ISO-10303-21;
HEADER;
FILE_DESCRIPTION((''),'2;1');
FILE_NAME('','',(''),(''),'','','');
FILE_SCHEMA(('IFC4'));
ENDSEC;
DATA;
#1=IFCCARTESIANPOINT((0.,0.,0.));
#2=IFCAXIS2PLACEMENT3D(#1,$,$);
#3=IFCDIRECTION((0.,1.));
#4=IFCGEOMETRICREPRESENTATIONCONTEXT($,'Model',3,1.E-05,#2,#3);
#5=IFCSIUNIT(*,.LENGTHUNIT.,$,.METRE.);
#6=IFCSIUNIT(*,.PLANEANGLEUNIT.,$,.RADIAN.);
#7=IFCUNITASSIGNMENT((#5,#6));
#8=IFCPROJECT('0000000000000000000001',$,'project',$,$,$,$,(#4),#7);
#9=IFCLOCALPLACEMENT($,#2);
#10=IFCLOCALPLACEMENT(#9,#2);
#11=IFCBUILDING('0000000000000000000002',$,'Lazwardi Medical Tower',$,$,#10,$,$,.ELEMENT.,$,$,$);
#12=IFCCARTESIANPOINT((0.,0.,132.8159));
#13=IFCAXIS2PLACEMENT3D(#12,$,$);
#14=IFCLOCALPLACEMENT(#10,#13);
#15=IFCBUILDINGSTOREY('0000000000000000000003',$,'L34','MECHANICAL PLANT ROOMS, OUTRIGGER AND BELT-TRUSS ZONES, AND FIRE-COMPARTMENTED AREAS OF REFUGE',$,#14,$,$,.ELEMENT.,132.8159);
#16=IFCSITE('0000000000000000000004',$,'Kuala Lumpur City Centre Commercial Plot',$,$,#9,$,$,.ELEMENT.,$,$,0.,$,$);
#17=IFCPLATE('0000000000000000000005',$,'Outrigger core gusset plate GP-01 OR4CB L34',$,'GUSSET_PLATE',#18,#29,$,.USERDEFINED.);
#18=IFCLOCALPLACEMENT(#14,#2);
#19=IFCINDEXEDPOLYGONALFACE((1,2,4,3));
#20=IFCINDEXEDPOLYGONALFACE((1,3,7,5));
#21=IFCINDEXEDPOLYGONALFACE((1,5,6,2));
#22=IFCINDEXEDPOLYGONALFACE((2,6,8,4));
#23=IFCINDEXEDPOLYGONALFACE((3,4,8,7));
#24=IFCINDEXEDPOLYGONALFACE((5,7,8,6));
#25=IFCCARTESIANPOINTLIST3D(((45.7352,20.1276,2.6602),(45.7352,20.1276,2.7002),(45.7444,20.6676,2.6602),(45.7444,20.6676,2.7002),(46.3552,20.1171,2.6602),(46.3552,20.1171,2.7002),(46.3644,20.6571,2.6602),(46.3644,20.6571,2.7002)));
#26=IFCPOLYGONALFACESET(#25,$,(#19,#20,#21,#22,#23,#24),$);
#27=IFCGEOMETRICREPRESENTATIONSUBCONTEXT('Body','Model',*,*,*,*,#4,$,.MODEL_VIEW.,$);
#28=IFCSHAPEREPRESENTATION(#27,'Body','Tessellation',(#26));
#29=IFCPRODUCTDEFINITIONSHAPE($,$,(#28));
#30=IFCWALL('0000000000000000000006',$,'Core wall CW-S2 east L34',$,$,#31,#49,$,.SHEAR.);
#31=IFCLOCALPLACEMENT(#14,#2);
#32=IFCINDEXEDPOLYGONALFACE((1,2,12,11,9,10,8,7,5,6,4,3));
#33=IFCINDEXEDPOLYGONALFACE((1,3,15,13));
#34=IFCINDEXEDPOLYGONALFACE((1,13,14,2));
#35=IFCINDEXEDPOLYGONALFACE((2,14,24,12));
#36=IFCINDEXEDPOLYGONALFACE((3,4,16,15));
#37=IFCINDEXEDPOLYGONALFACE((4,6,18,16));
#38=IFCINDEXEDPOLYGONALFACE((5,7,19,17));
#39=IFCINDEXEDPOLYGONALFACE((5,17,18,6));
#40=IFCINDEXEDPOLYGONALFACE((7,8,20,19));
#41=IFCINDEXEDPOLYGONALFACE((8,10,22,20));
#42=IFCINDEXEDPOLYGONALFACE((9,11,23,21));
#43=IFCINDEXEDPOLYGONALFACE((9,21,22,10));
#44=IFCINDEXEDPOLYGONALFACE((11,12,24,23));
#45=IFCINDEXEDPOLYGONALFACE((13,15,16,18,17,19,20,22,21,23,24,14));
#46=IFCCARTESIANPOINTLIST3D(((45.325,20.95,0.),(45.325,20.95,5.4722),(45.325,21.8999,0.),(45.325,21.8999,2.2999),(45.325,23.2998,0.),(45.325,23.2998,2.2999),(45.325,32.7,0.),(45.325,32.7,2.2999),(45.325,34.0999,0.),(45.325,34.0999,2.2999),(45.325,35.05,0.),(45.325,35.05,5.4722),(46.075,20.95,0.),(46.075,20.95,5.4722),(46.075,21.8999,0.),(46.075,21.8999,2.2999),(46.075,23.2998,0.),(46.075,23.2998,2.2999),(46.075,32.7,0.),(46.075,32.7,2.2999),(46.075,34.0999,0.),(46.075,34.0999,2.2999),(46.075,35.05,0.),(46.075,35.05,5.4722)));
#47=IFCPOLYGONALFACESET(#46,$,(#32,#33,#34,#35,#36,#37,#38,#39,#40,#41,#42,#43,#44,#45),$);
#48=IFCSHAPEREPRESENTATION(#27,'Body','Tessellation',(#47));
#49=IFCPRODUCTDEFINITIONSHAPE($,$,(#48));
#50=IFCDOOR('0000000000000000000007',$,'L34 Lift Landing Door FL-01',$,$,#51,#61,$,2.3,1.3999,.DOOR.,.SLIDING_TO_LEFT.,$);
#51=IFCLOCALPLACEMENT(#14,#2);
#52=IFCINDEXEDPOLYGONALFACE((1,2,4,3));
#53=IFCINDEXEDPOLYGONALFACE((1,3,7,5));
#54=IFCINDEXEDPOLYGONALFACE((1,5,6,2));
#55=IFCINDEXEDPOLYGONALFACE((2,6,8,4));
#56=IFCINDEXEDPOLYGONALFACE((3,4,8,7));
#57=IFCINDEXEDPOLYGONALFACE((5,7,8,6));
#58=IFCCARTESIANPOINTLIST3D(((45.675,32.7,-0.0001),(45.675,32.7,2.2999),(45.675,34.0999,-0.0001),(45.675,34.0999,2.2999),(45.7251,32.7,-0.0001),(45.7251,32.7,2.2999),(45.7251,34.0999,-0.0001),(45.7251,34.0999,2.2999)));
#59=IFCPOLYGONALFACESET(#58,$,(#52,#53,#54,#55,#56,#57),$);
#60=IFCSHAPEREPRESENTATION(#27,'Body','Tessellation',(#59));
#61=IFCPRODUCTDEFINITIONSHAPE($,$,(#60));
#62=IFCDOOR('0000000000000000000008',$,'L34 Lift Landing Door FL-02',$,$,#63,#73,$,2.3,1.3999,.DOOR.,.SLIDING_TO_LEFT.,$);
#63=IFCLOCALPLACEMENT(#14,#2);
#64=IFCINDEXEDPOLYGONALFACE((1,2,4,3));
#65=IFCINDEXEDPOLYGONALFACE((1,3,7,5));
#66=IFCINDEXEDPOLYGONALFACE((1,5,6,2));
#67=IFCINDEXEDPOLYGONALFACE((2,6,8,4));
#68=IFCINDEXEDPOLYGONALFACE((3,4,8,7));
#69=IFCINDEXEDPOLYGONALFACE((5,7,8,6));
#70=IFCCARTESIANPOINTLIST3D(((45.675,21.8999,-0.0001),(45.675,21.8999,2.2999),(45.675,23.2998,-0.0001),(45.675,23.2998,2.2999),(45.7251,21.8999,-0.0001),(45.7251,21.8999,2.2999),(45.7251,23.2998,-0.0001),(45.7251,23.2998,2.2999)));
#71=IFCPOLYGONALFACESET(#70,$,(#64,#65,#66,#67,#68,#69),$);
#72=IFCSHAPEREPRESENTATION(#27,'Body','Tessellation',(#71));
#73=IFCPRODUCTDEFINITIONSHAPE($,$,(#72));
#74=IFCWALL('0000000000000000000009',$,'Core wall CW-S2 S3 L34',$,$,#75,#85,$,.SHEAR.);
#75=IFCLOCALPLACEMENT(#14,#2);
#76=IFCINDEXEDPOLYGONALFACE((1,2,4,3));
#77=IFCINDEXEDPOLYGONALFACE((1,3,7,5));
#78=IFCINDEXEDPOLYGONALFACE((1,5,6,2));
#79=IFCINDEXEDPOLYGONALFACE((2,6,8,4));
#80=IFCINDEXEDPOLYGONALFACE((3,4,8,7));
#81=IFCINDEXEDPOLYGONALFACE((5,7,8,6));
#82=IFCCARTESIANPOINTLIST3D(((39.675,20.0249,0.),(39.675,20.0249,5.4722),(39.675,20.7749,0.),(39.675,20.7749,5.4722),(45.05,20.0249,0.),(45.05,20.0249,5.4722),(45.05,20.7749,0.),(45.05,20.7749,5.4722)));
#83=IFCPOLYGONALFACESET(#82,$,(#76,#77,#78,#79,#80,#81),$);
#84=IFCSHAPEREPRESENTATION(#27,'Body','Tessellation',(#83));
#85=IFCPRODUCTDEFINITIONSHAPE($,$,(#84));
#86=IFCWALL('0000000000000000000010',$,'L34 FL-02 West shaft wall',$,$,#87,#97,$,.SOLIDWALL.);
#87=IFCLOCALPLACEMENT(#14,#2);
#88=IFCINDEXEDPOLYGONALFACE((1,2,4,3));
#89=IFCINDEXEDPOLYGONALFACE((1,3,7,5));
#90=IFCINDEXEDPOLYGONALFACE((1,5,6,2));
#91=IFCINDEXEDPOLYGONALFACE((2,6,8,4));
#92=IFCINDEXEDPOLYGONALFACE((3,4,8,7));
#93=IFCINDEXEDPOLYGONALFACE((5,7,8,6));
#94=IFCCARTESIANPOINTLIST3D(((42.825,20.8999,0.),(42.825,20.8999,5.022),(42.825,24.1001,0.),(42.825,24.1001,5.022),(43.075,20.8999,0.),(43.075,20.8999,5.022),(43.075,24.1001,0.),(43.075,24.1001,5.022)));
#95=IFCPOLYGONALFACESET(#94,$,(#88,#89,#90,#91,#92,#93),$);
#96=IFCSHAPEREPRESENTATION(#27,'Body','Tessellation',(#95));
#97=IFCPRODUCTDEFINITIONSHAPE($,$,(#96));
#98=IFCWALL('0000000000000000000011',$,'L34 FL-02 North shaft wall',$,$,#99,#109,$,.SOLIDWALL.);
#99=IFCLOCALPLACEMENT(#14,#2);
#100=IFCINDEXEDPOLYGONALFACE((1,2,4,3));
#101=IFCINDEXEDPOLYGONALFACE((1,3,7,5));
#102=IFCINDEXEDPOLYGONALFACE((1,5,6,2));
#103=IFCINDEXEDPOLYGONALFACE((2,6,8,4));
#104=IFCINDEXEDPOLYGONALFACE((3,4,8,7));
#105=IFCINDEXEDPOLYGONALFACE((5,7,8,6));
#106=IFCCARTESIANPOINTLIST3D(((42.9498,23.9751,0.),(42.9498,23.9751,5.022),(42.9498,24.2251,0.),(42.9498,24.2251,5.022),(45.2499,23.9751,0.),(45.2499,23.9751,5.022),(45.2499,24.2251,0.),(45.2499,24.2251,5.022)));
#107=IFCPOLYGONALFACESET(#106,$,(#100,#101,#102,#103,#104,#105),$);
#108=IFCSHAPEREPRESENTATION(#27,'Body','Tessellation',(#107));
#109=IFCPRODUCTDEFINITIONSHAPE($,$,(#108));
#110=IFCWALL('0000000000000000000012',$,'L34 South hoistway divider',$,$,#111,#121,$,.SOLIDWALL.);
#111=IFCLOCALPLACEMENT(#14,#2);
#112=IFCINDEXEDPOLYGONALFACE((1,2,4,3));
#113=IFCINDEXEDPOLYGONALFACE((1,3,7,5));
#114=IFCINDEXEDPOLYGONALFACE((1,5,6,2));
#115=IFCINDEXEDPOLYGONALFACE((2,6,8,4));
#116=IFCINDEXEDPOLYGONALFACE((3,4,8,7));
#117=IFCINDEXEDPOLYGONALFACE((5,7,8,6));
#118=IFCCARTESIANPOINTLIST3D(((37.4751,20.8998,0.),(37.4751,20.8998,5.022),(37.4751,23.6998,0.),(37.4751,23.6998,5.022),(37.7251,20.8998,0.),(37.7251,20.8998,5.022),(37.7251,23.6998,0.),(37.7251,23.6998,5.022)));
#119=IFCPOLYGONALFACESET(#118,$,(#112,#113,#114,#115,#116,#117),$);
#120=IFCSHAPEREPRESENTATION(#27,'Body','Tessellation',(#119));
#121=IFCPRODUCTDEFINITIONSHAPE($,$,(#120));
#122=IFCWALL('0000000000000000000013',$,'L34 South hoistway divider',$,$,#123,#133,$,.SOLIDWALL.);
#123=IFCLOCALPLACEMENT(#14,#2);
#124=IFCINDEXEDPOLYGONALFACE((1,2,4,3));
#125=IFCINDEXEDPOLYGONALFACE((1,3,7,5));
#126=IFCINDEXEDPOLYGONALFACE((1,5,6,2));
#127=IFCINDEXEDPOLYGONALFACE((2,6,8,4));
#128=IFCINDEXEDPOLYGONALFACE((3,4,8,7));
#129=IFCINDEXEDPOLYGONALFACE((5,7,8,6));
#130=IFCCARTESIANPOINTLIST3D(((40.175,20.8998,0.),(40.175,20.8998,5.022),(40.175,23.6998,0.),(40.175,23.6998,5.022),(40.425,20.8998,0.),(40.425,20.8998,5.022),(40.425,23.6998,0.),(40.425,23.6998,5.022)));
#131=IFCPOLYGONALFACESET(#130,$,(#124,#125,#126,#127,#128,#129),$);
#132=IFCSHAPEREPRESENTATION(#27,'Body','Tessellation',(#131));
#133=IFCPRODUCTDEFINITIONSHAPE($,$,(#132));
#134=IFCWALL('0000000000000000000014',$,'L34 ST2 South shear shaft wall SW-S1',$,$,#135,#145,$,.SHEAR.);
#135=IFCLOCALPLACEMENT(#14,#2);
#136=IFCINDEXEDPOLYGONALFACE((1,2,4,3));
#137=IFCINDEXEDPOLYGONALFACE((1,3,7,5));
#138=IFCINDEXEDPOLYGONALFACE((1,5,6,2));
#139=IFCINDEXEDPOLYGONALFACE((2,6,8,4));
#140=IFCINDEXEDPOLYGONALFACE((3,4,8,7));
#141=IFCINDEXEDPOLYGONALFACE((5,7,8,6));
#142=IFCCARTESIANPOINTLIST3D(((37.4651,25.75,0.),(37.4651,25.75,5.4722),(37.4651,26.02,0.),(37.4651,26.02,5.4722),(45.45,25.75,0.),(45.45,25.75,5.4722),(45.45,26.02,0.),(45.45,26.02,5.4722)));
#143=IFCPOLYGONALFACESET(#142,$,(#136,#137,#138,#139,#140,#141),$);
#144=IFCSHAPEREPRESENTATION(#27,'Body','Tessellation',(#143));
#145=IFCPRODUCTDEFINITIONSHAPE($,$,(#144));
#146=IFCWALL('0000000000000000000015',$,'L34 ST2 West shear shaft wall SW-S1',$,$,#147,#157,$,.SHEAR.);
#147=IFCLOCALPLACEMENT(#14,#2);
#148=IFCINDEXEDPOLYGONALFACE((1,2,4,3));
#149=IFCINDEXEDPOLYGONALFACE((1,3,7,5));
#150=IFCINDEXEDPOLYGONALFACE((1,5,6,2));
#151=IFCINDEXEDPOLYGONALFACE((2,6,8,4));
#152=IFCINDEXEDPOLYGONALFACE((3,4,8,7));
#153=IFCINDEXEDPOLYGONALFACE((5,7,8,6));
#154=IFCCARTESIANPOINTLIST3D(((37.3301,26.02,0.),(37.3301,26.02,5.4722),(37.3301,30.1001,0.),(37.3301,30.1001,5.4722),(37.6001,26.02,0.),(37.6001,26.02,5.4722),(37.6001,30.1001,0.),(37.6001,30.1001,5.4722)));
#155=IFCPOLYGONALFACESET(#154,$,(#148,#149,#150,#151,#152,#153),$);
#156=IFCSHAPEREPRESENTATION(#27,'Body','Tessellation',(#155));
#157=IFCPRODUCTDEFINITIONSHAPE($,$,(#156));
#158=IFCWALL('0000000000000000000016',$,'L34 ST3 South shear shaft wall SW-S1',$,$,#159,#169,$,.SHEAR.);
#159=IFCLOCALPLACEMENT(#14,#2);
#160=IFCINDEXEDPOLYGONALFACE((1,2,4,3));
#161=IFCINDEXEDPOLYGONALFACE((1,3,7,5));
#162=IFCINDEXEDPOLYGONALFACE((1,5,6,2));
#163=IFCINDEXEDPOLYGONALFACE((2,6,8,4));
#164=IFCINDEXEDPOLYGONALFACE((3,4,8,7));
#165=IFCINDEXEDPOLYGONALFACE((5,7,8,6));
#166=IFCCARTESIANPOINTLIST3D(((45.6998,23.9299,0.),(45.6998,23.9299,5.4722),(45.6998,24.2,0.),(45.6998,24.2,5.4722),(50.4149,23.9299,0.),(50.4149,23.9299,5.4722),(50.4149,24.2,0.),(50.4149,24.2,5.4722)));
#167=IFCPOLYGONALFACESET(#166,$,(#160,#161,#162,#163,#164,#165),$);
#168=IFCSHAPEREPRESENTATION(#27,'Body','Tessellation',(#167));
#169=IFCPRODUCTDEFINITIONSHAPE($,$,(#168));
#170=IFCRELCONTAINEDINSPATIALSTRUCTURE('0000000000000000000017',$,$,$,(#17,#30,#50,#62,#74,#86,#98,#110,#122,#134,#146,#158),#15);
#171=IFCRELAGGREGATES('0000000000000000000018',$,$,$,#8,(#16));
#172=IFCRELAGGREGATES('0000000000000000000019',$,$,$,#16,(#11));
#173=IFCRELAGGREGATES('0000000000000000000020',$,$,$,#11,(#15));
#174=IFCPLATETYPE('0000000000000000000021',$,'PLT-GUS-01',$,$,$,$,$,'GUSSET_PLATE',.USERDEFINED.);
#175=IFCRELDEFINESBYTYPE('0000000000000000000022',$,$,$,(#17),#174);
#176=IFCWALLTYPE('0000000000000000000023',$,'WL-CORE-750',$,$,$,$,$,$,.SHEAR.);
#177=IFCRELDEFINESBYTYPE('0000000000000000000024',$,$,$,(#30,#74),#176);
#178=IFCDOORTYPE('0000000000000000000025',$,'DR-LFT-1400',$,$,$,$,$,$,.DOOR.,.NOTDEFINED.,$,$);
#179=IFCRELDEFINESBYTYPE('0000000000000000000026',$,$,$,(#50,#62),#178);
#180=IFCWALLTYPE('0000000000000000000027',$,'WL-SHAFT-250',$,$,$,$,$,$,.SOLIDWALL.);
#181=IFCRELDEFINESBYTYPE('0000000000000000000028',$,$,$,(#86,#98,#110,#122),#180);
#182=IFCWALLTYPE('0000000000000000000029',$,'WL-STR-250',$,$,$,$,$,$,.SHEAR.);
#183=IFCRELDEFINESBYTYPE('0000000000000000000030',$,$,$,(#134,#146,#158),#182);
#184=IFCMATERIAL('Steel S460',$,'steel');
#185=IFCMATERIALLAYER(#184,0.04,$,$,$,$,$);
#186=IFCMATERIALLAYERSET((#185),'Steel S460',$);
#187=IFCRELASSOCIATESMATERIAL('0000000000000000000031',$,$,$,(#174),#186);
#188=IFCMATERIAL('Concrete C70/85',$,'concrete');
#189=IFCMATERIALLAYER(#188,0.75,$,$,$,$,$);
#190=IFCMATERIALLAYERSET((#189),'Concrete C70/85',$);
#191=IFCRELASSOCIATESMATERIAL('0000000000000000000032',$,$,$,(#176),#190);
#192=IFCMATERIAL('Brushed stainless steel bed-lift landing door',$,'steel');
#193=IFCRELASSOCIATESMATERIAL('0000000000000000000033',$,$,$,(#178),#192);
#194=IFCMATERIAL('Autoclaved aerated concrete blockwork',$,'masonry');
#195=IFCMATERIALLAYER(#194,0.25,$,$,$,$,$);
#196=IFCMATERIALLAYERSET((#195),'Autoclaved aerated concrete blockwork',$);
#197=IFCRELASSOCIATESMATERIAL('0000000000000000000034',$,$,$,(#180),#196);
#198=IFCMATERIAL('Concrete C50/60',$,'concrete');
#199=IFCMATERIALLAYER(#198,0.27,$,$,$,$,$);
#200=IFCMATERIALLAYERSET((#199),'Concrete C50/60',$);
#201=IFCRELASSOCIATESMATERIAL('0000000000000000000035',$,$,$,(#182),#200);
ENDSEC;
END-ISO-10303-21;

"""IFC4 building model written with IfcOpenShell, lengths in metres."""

from ifc_helpers import new_model, si_unit, direction, frame, frame_2d, origin, origin_2d, place, context, subcontext, project, spatial, rectangle, extrude, material, layer, layer_set, type_object, element, fill, save


model = new_model("IFC4")

# Units and contexts
model_context = context("Model", 3, precision=1e-05, world=origin(), true_north=direction((0.0, 1.0)))
body_context = subcontext(model_context, "Body", "Model", "MODEL_VIEW")
ifc_project = project(units=[si_unit("LENGTHUNIT", "METRE"), si_unit("PLANEANGLEUNIT", "RADIAN")], contexts=[model_context])

# Site, building, storey
site_placement = place(None, origin())
site = spatial("IfcSite", under=ifc_project, at=site_placement, Name="Kuala Lumpur City Centre Commercial Plot", CompositionType="ELEMENT", RefElevation=0.0)
building_placement = place(site_placement, origin())
building = spatial("IfcBuilding", under=site, at=building_placement, Name="Lazwardi Medical Tower", CompositionType="ELEMENT")
storey_placement = place(building_placement, frame((0.0, 0.0, 132.8159)))
storey = spatial("IfcBuildingStorey", under=building, at=storey_placement, Name="L34", Description="MECHANICAL PLANT ROOMS, OUTRIGGER AND BELT-TRUSS ZONES, AND FIRE-COMPARTMENTED AREAS OF REFUGE", CompositionType="ELEMENT", Elevation=132.8159)

# Shared definitions
ifc_material_1 = material(Name="Concrete C70/85", Category="concrete")

# Shared definitions
ifc_material_2 = material(Name="Steel S460", Category="steel")

# Plate
ifc_layer_1 = layer(ifc_material_2, 0.04)
ifc_layer_set_1 = layer_set([ifc_layer_1], Name="Steel S460")
plate_type = type_object("IfcPlateType", Name="PLT-GUS-01", ElementType="GUSSET_PLATE", PredefinedType="USERDEFINED", material=ifc_layer_set_1)
for number, where, z_axis, x_axis, name in (
    (1, (46.0498, 20.3923, 2.6602), (0.0, 0.0, 1.0), (0.999857, -0.016929, 0.0), "Outrigger core gusset plate GP-01 OR4CB L34"),
):
    element("IfcPlate", number, at=place(storey_placement, frame(where, z_axis=z_axis, x_axis=x_axis)), inside=storey, type_object=plate_type, Name=name, ObjectType="GUSSET_PLATE", PredefinedType="USERDEFINED", context=body_context, shape_type="SweptSolid", body=[
        extrude(rectangle(XDim=0.6201, YDim=0.54, at=origin_2d()), origin(), (0.0, 0.0, 1.0), 0.04),
    ])

# Wall, openings, doors
ifc_layer_2 = layer(ifc_material_1, 0.75)
ifc_layer_set_2 = layer_set([ifc_layer_2], Name="Concrete C70/85")
wall_type_1 = type_object("IfcWallType", Name="WL-CORE-750", PredefinedType="SHEAR", material=ifc_layer_set_2)
wall_1_placement = place(storey_placement, frame((45.7, 20.95, 0.0), z_axis=(0.0, 0.0, 1.0), x_axis=(0.0, 1.0, 0.0)))
wall_1 = element("IfcWall", 2, at=wall_1_placement, inside=storey, type_object=wall_type_1, Name="Core wall CW-S2 east L34", PredefinedType="SHEAR", context=body_context, shape_type="SweptSolid", body=[
    extrude(rectangle(XDim=14.1001, YDim=0.75, at=frame_2d((7.05, 0.0))), origin(), (0.0, 0.0, 1.0), 5.4722),
])
opening_1_placement = place(wall_1_placement, frame((11.75, 0.0, 0.0)))
opening_1 = element("IfcOpeningElement", 3, at=opening_1_placement, cuts=wall_1, PredefinedType="OPENING", context=body_context, shape_type="SweptSolid", body=[
    extrude(rectangle(XDim=1.3999, YDim=2.3, at=frame_2d((0.7, 1.1499))), frame((0.0, 0.385, 0.0), z_axis=(0.0, -1.0, 0.0), x_axis=(1.0, 0.0, 0.0)), (0.0, 0.0, 1.0), 0.77),
])
opening_2_placement = place(wall_1_placement, frame((0.95, 0.0, 0.0)))
opening_2 = element("IfcOpeningElement", 4, at=opening_2_placement, cuts=wall_1, PredefinedType="OPENING", context=body_context, shape_type="SweptSolid", body=[
    extrude(rectangle(XDim=1.3999, YDim=2.3, at=frame_2d((0.7, 1.1499))), frame((0.0, 0.385, 0.0), z_axis=(0.0, -1.0, 0.0), x_axis=(1.0, 0.0, 0.0)), (0.0, 0.0, 1.0), 0.77),
])
ifc_material_3 = material(Name="Brushed stainless steel bed-lift landing door", Category="steel")
door_type = type_object("IfcDoorType", Name="DR-LFT-1400", OperationType="NOTDEFINED", PredefinedType="DOOR", material=ifc_material_3)
door_1_placement = place(opening_1_placement, origin())
door_1 = element("IfcDoor", 5, at=door_1_placement, inside=storey, type_object=door_type, Name="L34 Lift Landing Door FL-01", OperationType="SLIDING_TO_LEFT", OverallHeight=2.3, OverallWidth=1.3999, PredefinedType="DOOR", context=body_context, shape_type="SweptSolid", body=[
    extrude(rectangle(XDim=1.3999, YDim=2.3, at=frame_2d((0.7, 1.1499))), frame((0.0, 0.0249, 0.0), z_axis=(0.0, -1.0, 0.0), x_axis=(1.0, 0.0, 0.0)), (0.0, 0.0, 1.0), 0.05),
])
fill(opening_1, door_1)
door_2_placement = place(opening_2_placement, origin())
door_2 = element("IfcDoor", 6, at=door_2_placement, inside=storey, type_object=door_type, Name="L34 Lift Landing Door FL-02", OperationType="SLIDING_TO_LEFT", OverallHeight=2.3, OverallWidth=1.3999, PredefinedType="DOOR", context=body_context, shape_type="SweptSolid", body=[
    extrude(rectangle(XDim=1.3999, YDim=2.3, at=frame_2d((0.7, 1.1499))), frame((0.0, 0.0249, 0.0), z_axis=(0.0, -1.0, 0.0), x_axis=(1.0, 0.0, 0.0)), (0.0, 0.0, 1.0), 0.05),
])
fill(opening_2, door_2)

# Walls
wall_2_placement = place(storey_placement, frame((39.675, 20.3999, 0.0), z_axis=(0.0, 0.0, 1.0), x_axis=(1.0, 0.0, 0.0)))
element("IfcWall", 7, at=wall_2_placement, inside=storey, type_object=wall_type_1, Name="Core wall CW-S2 S3 L34", PredefinedType="SHEAR", context=body_context, shape_type="SweptSolid", body=[
    extrude(rectangle(XDim=5.375, YDim=0.75, at=frame_2d((2.6875, 0.0))), origin(), (0.0, 0.0, 1.0), 5.4722),
])
ifc_material_4 = material(Name="Autoclaved aerated concrete blockwork", Category="masonry")
ifc_layer_3 = layer(ifc_material_4, 0.25)
ifc_layer_set_3 = layer_set([ifc_layer_3], Name="Autoclaved aerated concrete blockwork")
wall_type_2 = type_object("IfcWallType", Name="WL-SHAFT-250", PredefinedType="SOLIDWALL", material=ifc_layer_set_3)
wall_3_placement = place(storey_placement, frame((42.95, 20.8999, 0.0), z_axis=(0.0, 0.0, 1.0), x_axis=(0.0, 1.0, 0.0)))
element("IfcWall", 8, at=wall_3_placement, inside=storey, type_object=wall_type_2, Name="L34 FL-02 West shaft wall", PredefinedType="SOLIDWALL", context=body_context, shape_type="SweptSolid", body=[
    extrude(rectangle(XDim=3.2002, YDim=0.25, at=frame_2d((1.6001, 0.0))), origin(), (0.0, 0.0, 1.0), 5.022),
])
wall_4_placement = place(storey_placement, frame((42.95, 24.1001, 0.0), z_axis=(0.0, 0.0, 1.0), x_axis=(1.0, 0.0, 0.0)))
element("IfcWall", 9, at=wall_4_placement, inside=storey, type_object=wall_type_2, Name="L34 FL-02 North shaft wall", PredefinedType="SOLIDWALL", context=body_context, shape_type="SweptSolid", body=[
    extrude(rectangle(XDim=2.3, YDim=0.25, at=frame_2d((1.1499, 0.0))), origin(), (0.0, 0.0, 1.0), 5.022),
])
for number, where, z_axis, x_axis, name in (
    (10, (37.6001, 20.8999, 0.0), (0.0, 0.0, 1.0), (0.0, 1.0, 0.0), "L34 South hoistway divider"),
    (11, (40.3, 20.8999, 0.0), (0.0, 0.0, 1.0), (0.0, 1.0, 0.0), "L34 South hoistway divider"),
):
    element("IfcWall", number, at=place(storey_placement, frame(where, z_axis=z_axis, x_axis=x_axis)), inside=storey, type_object=wall_type_2, Name=name, PredefinedType="SOLIDWALL", context=body_context, shape_type="SweptSolid", body=[
        extrude(rectangle(XDim=2.8, YDim=0.25, at=frame_2d((1.3999, 0.0))), origin(), (0.0, 0.0, 1.0), 5.022),
    ])
ifc_material_5 = material(Name="Concrete C50/60", Category="concrete")
ifc_layer_4 = layer(ifc_material_5, 0.27)
ifc_layer_set_4 = layer_set([ifc_layer_4], Name="Concrete C50/60")
wall_type_3 = type_object("IfcWallType", Name="WL-STR-250", PredefinedType="SHEAR", material=ifc_layer_set_4)
wall_5_placement = place(storey_placement, frame((37.4651, 25.885, 0.0), z_axis=(0.0, 0.0, 1.0), x_axis=(1.0, 0.0, 0.0)))
element("IfcWall", 12, at=wall_5_placement, inside=storey, type_object=wall_type_3, Name="L34 ST2 South shear shaft wall SW-S1", PredefinedType="SHEAR", context=body_context, shape_type="SweptSolid", body=[
    extrude(rectangle(XDim=7.9849, YDim=0.27, at=frame_2d((3.9924, 0.0))), origin(), (0.0, 0.0, 1.0), 5.4722),
])
wall_6_placement = place(storey_placement, frame((37.4651, 26.02, 0.0), z_axis=(0.0, 0.0, 1.0), x_axis=(0.0, 1.0, 0.0)))
element("IfcWall", 13, at=wall_6_placement, inside=storey, type_object=wall_type_3, Name="L34 ST2 West shear shaft wall SW-S1", PredefinedType="SHEAR", context=body_context, shape_type="SweptSolid", body=[
    extrude(rectangle(XDim=4.0801, YDim=0.27, at=frame_2d((2.04, 0.0))), origin(), (0.0, 0.0, 1.0), 5.4722),
])
wall_7_placement = place(storey_placement, frame((45.7, 24.0649, 0.0), z_axis=(0.0, 0.0, 1.0), x_axis=(1.0, 0.0, 0.0)))
element("IfcWall", 14, at=wall_7_placement, inside=storey, type_object=wall_type_3, Name="L34 ST3 South shear shaft wall SW-S1", PredefinedType="SHEAR", context=body_context, shape_type="SweptSolid", body=[
    extrude(rectangle(XDim=4.7151, YDim=0.27, at=frame_2d((2.3574, 0.0))), origin(), (0.0, 0.0, 1.0), 5.4722),
])

save(model, "model.ifc")
